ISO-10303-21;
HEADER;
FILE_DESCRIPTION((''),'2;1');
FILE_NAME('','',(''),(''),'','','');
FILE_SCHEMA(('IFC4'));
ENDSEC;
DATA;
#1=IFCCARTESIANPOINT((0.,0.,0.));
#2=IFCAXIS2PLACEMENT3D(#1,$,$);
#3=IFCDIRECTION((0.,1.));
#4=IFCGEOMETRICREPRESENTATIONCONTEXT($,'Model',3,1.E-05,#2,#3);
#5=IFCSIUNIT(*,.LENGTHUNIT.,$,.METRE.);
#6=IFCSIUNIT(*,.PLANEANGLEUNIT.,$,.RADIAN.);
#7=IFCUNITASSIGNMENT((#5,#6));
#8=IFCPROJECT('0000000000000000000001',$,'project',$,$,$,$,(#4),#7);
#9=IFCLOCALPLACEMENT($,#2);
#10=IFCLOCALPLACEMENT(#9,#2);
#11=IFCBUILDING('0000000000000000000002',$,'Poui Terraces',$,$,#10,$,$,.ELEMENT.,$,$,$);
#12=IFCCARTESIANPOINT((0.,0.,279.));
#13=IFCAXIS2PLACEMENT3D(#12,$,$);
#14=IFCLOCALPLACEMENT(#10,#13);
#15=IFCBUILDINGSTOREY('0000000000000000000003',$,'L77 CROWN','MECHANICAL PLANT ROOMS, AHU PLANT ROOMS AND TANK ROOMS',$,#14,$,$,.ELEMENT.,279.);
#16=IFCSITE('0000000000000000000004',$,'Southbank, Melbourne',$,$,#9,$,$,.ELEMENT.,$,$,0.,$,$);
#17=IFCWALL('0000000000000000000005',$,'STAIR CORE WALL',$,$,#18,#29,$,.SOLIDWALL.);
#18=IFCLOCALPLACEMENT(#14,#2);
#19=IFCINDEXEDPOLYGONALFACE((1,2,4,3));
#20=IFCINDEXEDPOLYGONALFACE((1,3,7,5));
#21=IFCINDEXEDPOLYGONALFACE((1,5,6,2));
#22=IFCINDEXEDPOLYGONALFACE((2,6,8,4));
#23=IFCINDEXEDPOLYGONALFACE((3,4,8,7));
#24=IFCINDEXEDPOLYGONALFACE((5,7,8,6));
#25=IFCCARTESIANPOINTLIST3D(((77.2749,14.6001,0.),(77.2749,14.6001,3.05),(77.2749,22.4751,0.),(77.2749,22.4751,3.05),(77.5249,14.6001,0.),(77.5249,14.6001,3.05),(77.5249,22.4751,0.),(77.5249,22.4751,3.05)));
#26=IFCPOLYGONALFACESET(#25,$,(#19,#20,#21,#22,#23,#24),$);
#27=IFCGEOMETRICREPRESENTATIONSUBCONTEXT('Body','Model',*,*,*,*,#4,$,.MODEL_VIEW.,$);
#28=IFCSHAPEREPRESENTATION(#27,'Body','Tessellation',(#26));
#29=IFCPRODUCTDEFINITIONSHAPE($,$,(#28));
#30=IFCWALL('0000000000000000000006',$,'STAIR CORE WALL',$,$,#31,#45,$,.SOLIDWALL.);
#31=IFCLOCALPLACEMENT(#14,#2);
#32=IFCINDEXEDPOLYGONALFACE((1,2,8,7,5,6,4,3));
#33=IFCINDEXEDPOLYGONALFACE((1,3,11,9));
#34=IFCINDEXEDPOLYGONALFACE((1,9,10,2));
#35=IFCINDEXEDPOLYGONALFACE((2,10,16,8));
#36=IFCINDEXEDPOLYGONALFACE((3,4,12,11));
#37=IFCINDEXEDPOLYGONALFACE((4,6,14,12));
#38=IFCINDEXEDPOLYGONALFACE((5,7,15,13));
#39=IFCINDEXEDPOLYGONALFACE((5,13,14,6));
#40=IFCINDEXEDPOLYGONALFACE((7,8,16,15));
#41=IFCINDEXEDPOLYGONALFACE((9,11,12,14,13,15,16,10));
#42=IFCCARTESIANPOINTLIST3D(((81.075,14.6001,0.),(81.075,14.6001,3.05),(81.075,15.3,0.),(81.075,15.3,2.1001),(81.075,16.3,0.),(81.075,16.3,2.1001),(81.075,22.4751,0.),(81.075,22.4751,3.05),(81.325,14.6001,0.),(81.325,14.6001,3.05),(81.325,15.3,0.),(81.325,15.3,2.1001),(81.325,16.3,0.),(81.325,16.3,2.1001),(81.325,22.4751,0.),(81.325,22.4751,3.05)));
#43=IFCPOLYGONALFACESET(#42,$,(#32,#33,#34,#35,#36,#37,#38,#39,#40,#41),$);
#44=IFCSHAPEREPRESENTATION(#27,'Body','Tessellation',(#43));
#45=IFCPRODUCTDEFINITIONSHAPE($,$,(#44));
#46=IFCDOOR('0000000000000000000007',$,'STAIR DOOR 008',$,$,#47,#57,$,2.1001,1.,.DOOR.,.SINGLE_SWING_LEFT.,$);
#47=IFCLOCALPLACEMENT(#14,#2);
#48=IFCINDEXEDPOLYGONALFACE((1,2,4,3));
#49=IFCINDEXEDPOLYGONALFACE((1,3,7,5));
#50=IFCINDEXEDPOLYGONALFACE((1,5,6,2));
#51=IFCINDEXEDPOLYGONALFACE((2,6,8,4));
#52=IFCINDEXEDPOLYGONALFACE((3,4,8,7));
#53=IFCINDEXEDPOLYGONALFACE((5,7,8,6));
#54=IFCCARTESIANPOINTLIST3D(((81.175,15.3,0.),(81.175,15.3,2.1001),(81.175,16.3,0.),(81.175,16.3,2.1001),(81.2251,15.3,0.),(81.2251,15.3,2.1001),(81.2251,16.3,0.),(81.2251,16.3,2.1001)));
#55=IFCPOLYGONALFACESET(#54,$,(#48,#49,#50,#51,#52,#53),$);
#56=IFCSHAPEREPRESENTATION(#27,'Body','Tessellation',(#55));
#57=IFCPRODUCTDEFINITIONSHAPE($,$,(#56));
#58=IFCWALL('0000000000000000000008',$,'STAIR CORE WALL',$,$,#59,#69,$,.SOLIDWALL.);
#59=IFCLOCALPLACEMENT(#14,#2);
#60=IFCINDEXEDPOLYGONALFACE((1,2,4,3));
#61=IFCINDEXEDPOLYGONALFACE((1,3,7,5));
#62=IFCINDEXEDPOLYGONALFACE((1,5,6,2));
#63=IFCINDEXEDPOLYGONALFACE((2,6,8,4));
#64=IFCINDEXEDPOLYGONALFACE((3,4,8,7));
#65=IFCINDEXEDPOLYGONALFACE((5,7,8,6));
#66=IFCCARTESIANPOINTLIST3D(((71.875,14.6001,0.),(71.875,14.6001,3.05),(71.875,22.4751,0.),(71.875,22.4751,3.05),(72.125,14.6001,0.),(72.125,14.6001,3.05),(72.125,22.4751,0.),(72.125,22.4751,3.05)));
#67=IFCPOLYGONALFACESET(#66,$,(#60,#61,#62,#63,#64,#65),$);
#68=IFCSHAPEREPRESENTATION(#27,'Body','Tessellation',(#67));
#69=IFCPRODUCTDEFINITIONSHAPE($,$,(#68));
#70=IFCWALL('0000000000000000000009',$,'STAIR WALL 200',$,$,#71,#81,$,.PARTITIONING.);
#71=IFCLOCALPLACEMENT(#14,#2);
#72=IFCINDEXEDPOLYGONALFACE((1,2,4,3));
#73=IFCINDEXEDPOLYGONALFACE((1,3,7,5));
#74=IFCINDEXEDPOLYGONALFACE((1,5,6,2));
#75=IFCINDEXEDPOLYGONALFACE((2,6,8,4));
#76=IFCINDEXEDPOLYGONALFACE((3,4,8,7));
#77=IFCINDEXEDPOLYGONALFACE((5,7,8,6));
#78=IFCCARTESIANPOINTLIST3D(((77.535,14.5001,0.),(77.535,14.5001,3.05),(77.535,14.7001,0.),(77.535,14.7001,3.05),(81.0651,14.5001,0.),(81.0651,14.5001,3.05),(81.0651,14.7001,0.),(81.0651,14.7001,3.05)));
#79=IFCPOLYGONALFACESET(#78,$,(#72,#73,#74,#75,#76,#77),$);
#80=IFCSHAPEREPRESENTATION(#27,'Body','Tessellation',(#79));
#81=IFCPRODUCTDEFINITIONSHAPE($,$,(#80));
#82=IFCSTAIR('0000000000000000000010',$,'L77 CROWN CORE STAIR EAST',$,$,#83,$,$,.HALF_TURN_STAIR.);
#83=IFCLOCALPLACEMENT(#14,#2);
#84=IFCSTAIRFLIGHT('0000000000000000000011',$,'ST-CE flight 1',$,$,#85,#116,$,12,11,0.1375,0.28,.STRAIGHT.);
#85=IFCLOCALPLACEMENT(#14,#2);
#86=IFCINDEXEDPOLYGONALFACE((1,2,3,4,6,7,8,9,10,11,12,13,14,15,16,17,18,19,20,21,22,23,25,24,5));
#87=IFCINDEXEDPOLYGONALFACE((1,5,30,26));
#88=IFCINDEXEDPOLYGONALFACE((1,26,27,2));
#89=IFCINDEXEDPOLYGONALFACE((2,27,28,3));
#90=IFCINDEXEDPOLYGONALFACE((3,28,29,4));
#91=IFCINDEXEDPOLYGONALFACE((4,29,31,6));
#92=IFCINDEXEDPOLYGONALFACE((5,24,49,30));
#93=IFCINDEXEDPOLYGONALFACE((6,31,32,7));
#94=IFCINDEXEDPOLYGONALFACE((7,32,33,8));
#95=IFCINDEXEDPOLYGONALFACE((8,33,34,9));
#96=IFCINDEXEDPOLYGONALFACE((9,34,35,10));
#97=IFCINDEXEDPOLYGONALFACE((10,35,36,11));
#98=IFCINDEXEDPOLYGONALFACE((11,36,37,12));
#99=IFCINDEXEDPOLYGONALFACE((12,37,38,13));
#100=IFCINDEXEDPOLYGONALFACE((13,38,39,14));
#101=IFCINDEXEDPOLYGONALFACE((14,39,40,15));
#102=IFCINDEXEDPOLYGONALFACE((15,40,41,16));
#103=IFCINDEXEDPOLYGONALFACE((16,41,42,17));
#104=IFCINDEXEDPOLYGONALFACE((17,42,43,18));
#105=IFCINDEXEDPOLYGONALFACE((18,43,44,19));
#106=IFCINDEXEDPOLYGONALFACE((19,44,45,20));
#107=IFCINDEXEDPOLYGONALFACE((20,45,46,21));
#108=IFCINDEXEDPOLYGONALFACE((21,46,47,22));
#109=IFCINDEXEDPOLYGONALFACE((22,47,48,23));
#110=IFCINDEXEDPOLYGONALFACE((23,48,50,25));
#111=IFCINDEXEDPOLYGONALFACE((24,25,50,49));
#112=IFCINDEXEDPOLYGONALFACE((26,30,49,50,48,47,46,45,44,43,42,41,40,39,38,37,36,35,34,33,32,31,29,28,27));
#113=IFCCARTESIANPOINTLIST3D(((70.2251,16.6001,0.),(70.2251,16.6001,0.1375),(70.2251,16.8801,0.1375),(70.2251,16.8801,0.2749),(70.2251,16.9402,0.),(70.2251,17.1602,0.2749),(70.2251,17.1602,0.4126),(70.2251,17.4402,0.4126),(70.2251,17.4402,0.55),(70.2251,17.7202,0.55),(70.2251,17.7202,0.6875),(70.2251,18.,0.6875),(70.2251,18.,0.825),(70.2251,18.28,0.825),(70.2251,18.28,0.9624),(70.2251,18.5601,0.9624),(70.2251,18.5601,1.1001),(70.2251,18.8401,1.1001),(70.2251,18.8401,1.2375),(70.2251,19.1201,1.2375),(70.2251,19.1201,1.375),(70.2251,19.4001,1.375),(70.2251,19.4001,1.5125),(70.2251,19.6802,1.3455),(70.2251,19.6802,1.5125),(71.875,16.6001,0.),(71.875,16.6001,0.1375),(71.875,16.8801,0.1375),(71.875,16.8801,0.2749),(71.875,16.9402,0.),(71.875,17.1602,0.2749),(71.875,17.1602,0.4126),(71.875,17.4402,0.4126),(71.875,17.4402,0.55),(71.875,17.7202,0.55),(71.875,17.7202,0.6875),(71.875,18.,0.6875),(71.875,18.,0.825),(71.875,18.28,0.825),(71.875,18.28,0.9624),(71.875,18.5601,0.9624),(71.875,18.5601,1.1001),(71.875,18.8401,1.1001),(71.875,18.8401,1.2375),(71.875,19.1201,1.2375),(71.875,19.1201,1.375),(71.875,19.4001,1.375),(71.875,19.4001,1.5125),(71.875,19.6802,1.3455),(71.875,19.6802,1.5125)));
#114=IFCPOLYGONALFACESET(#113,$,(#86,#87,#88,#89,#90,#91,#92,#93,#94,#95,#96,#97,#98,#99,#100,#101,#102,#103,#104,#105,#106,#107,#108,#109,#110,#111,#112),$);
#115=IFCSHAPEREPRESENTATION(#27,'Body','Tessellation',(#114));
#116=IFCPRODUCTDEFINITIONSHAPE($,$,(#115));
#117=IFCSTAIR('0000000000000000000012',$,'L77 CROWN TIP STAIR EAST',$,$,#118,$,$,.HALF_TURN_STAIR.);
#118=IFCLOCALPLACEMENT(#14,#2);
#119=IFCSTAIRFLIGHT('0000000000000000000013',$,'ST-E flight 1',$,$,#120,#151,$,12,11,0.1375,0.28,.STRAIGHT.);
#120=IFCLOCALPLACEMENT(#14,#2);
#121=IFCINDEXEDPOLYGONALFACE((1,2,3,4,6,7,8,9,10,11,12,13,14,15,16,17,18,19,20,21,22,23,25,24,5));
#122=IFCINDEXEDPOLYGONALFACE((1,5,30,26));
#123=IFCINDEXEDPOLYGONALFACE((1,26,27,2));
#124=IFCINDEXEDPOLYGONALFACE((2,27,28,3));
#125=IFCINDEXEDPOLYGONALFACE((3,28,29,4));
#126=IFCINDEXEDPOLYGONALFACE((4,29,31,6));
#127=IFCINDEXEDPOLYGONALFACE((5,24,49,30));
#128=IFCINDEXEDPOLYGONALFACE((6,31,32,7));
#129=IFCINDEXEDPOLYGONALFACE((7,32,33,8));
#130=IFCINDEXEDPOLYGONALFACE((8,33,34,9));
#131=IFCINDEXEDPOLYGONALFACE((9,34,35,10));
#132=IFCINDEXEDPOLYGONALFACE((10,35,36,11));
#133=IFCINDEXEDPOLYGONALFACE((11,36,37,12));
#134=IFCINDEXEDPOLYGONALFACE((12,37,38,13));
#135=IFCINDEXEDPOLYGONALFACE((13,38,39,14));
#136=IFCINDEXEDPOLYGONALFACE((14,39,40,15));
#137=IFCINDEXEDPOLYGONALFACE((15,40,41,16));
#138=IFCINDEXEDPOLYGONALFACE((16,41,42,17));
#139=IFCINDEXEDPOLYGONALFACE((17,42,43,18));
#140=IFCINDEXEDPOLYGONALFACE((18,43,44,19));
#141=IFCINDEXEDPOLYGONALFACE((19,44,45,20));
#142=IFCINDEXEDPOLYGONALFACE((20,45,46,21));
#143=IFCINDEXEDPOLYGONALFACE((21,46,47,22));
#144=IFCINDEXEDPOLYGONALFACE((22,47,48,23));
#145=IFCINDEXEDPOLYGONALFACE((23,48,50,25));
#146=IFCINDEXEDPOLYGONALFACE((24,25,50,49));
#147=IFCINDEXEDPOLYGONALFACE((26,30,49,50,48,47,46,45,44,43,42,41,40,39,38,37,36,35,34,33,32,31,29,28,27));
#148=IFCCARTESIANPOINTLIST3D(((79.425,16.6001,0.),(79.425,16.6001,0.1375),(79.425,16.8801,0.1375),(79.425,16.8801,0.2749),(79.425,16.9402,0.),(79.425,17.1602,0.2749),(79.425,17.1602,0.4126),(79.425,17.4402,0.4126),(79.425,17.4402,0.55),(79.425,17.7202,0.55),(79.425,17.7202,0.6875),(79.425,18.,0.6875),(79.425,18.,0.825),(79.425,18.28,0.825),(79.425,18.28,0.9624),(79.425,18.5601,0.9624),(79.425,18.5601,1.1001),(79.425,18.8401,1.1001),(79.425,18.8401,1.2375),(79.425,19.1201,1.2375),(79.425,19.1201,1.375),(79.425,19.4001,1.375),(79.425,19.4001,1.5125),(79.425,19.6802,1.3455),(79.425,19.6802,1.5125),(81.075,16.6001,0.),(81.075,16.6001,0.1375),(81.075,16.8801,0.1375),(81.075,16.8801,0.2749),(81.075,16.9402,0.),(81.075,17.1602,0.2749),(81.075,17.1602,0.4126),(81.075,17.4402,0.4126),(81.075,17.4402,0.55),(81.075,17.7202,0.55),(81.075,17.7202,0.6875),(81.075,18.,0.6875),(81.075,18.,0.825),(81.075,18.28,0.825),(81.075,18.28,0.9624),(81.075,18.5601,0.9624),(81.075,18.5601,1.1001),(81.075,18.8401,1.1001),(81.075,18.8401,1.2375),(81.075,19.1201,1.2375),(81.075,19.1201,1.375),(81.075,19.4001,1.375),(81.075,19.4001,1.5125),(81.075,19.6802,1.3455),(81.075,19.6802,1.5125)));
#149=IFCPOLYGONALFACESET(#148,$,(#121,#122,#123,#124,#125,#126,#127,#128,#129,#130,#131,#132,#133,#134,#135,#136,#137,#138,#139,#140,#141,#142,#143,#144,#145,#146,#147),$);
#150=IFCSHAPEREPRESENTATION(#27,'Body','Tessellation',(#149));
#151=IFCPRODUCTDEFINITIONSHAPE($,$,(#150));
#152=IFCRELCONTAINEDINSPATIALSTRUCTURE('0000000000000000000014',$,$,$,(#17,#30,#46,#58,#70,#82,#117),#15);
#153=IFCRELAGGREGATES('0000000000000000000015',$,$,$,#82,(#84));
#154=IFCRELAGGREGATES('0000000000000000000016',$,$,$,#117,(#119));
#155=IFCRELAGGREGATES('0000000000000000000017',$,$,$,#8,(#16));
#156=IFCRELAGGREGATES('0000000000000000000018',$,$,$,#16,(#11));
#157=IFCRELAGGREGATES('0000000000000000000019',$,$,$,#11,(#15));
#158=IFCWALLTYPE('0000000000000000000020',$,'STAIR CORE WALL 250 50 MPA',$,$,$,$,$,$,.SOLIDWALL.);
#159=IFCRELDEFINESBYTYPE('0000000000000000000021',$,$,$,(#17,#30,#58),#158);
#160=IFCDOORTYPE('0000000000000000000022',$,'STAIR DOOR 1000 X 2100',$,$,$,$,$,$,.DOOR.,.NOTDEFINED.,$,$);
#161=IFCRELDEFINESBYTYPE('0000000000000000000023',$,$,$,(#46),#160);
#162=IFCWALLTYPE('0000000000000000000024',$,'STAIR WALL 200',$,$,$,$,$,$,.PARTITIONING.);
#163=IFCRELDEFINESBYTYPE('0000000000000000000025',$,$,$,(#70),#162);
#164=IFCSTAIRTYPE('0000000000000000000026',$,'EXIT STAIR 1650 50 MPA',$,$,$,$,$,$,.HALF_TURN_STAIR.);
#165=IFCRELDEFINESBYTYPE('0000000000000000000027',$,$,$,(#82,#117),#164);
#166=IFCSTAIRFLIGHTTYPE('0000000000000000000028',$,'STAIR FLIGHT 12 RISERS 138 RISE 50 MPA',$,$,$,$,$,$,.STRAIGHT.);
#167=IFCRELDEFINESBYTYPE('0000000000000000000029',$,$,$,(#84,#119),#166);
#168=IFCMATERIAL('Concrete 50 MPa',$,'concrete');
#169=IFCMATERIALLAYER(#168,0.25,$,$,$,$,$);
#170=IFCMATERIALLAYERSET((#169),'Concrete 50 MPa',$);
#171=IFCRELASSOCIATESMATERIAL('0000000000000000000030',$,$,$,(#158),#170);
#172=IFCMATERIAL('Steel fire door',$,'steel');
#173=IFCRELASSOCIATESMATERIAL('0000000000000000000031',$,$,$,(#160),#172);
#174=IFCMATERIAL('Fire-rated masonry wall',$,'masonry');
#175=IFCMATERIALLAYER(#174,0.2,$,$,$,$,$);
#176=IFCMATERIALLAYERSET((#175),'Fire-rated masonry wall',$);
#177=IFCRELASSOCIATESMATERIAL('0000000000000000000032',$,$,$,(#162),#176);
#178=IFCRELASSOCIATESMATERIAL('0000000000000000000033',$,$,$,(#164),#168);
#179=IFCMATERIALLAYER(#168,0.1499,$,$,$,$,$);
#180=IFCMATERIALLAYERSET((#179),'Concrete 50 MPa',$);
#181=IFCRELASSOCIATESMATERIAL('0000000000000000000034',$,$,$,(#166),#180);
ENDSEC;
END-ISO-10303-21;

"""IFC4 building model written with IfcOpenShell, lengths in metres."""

from ifc_helpers import new_model, si_unit, direction, frame, frame_2d, origin, place, context, subcontext, project, spatial, polyline, rectangle, outline, extrude, material, layer, layer_set, type_object, element, fill, aggregate, save


model = new_model("IFC4")

# Units and contexts
model_context = context("Model", 3, precision=1e-05, world=origin(), true_north=direction((0.0, 1.0)))
body_context = subcontext(model_context, "Body", "Model", "MODEL_VIEW")
ifc_project = project(units=[si_unit("LENGTHUNIT", "METRE"), si_unit("PLANEANGLEUNIT", "RADIAN")], contexts=[model_context])

# Site, building, storey
site_placement = place(None, origin())
site = spatial("IfcSite", under=ifc_project, at=site_placement, Name="Southbank, Melbourne", CompositionType="ELEMENT", RefElevation=0.0)
building_placement = place(site_placement, origin())
building = spatial("IfcBuilding", under=site, at=building_placement, Name="Poui Terraces", CompositionType="ELEMENT")
storey_placement = place(building_placement, frame((0.0, 0.0, 279.0)))
storey = spatial("IfcBuildingStorey", under=building, at=storey_placement, Name="L77 CROWN", Description="MECHANICAL PLANT ROOMS, AHU PLANT ROOMS AND TANK ROOMS", CompositionType="ELEMENT", Elevation=279.0)

# Shared definitions
ifc_material_1 = material(Name="Concrete 50 MPa", Category="concrete")

# Shared definitions
ifc_material_2 = material(Name="Steel fire door", Category="steel")

# Shared definitions
ifc_material_3 = material(Name="Fire-rated masonry wall", Category="masonry")

# Wall
ifc_layer_1 = layer(ifc_material_1, 0.25)
ifc_layer_set_1 = layer_set([ifc_layer_1], Name="Concrete 50 MPa")
wall_type_1 = type_object("IfcWallType", Name="STAIR CORE WALL 250 50 MPA", PredefinedType="SOLIDWALL", material=ifc_layer_set_1)
wall_1_placement = place(storey_placement, frame((77.3999, 14.6001, 0.0), z_axis=(0.0, 0.0, 1.0), x_axis=(0.0, 1.0, 0.0)))
element("IfcWall", 1, at=wall_1_placement, inside=storey, type_object=wall_type_1, Name="STAIR CORE WALL", PredefinedType="SOLIDWALL", context=body_context, shape_type="SweptSolid", body=[
    extrude(rectangle(XDim=7.875, YDim=0.25, at=frame_2d((3.9375, 0.0))), origin(), (0.0, 0.0, 1.0), 3.05),
])

# Wall, opening, door
wall_2_placement = place(storey_placement, frame((81.2, 14.6001, 0.0), z_axis=(0.0, 0.0, 1.0), x_axis=(0.0, 1.0, 0.0)))
wall_2 = element("IfcWall", 2, at=wall_2_placement, inside=storey, type_object=wall_type_1, Name="STAIR CORE WALL", PredefinedType="SOLIDWALL", context=body_context, shape_type="SweptSolid", body=[
    extrude(rectangle(XDim=7.875, YDim=0.25, at=frame_2d((3.9375, 0.0))), origin(), (0.0, 0.0, 1.0), 3.05),
])
opening_1_placement = place(wall_2_placement, frame((0.7, 0.0, 0.0)))
opening_1 = element("IfcOpeningElement", 3, at=opening_1_placement, cuts=wall_2, PredefinedType="OPENING", context=body_context, shape_type="SweptSolid", body=[
    extrude(rectangle(XDim=1.0, YDim=2.1001, at=frame_2d((0.5, 1.05))), frame((0.0, 0.135, 0.0), z_axis=(0.0, -1.0, 0.0), x_axis=(1.0, 0.0, 0.0)), (0.0, 0.0, 1.0), 0.27),
])
door_type_1 = type_object("IfcDoorType", Name="STAIR DOOR 1000 X 2100", OperationType="NOTDEFINED", PredefinedType="DOOR", material=ifc_material_2)
door_1_placement = place(opening_1_placement, origin())
door_1 = element("IfcDoor", 4, at=door_1_placement, inside=storey, type_object=door_type_1, Name="STAIR DOOR 008", OperationType="SINGLE_SWING_LEFT", OverallHeight=2.1001, OverallWidth=1.0, PredefinedType="DOOR", context=body_context, shape_type="SweptSolid", body=[
    extrude(rectangle(XDim=1.0, YDim=2.1001, at=frame_2d((0.5, 1.05))), frame((0.0, 0.0249, 0.0), z_axis=(0.0, -1.0, 0.0), x_axis=(1.0, 0.0, 0.0)), (0.0, 0.0, 1.0), 0.05),
])
fill(opening_1, door_1)

# Walls
wall_3_placement = place(storey_placement, frame((72.0, 14.6001, 0.0), z_axis=(0.0, 0.0, 1.0), x_axis=(0.0, 1.0, 0.0)))
element("IfcWall", 5, at=wall_3_placement, inside=storey, type_object=wall_type_1, Name="STAIR CORE WALL", PredefinedType="SOLIDWALL", context=body_context, shape_type="SweptSolid", body=[
    extrude(rectangle(XDim=7.875, YDim=0.25, at=frame_2d((3.9375, 0.0))), origin(), (0.0, 0.0, 1.0), 3.05),
])
ifc_layer_2 = layer(ifc_material_3, 0.2)
ifc_layer_set_2 = layer_set([ifc_layer_2], Name="Fire-rated masonry wall")
wall_type_2 = type_object("IfcWallType", Name="STAIR WALL 200", PredefinedType="PARTITIONING", material=ifc_layer_set_2)
wall_4_placement = place(storey_placement, frame((77.5349, 14.6001, 0.0), z_axis=(0.0, 0.0, 1.0), x_axis=(1.0, 0.0, 0.0)))
element("IfcWall", 6, at=wall_4_placement, inside=storey, type_object=wall_type_2, Name="STAIR WALL 200", PredefinedType="PARTITIONING", context=body_context, shape_type="SweptSolid", body=[
    extrude(rectangle(XDim=3.53, YDim=0.2, at=frame_2d((1.7651, 0.0))), origin(), (0.0, 0.0, 1.0), 3.05),
])

# Stairs, stair flights
stair_type = type_object("IfcStairType", Name="EXIT STAIR 1650 50 MPA", PredefinedType="HALF_TURN_STAIR", material=ifc_material_1)
stair_1_placement = place(storey_placement, origin())
stair_1 = element("IfcStair", 7, at=stair_1_placement, inside=storey, type_object=stair_type, Name="L77 CROWN CORE STAIR EAST", PredefinedType="HALF_TURN_STAIR")
ifc_layer_3 = layer(ifc_material_1, 0.1499)
ifc_layer_set_3 = layer_set([ifc_layer_3], Name="Concrete 50 MPa")
stair_flight_type = type_object("IfcStairFlightType", Name="STAIR FLIGHT 12 RISERS 138 RISE 50 MPA", PredefinedType="STRAIGHT", material=ifc_layer_set_3)
stair_flight_1_placement = place(storey_placement, frame((71.05, 16.6001, 0.0), z_axis=(0.0, 0.0, 1.0), x_axis=(0.0, 1.0, 0.0)))
stair_flight_1 = element("IfcStairFlight", 8, at=stair_flight_1_placement, type_object=stair_flight_type, Name="ST-CE flight 1", NumberOfRisers=12, NumberOfTreads=11, PredefinedType="STRAIGHT", RiserHeight=0.1375, TreadLength=0.28, context=body_context, shape_type="SweptSolid", body=[
    extrude(outline(polyline([(0.0, 0.0), (0.0, 0.1375), (0.28, 0.1375), (0.28, 0.2749), (0.5601, 0.2749), (0.5601, 0.4126), (0.8401, 0.4126), (0.8401, 0.55), (1.1201, 0.55), (1.1201, 0.6875), (1.3999, 0.6875), (1.3999, 0.825), (1.6799, 0.825), (1.6799, 0.9624), (1.96, 0.9624), (1.96, 1.1001), (2.24, 1.1001), (2.24, 1.2375), (2.52, 1.2375), (2.52, 1.375), (2.8, 1.375), (2.8, 1.5125), (3.0801, 1.5125), (3.0801, 1.6499), (3.0801, 1.3455), (0.3401, 0.0), (0.0, 0.0)])), frame((0.0, 0.825, 0.0), z_axis=(0.0, -1.0, 0.0), x_axis=(1.0, 0.0, 0.0)), (0.0, 0.0, 1.0), 1.6499),
])
aggregate(stair_1, [stair_flight_1])
stair_2_placement = place(storey_placement, origin())
stair_2 = element("IfcStair", 9, at=stair_2_placement, inside=storey, type_object=stair_type, Name="L77 CROWN TIP STAIR EAST", PredefinedType="HALF_TURN_STAIR")
stair_flight_2_placement = place(storey_placement, frame((80.25, 16.6001, 0.0), z_axis=(0.0, 0.0, 1.0), x_axis=(0.0, 1.0, 0.0)))
stair_flight_2 = element("IfcStairFlight", 10, at=stair_flight_2_placement, type_object=stair_flight_type, Name="ST-E flight 1", NumberOfRisers=12, NumberOfTreads=11, PredefinedType="STRAIGHT", RiserHeight=0.1375, TreadLength=0.28, context=body_context, shape_type="SweptSolid", body=[
    extrude(outline(polyline([(0.0, 0.0), (0.0, 0.1375), (0.28, 0.1375), (0.28, 0.2749), (0.5601, 0.2749), (0.5601, 0.4126), (0.8401, 0.4126), (0.8401, 0.55), (1.1201, 0.55), (1.1201, 0.6875), (1.3999, 0.6875), (1.3999, 0.825), (1.6799, 0.825), (1.6799, 0.9624), (1.96, 0.9624), (1.96, 1.1001), (2.24, 1.1001), (2.24, 1.2375), (2.52, 1.2375), (2.52, 1.375), (2.8, 1.375), (2.8, 1.5125), (3.0801, 1.5125), (3.0801, 1.6499), (3.0801, 1.3455), (0.3401, 0.0), (0.0, 0.0)])), frame((0.0, 0.825, 0.0), z_axis=(0.0, -1.0, 0.0), x_axis=(1.0, 0.0, 0.0)), (0.0, 0.0, 1.0), 1.6499),
])
aggregate(stair_2, [stair_flight_2])

save(model, "model.ifc")
